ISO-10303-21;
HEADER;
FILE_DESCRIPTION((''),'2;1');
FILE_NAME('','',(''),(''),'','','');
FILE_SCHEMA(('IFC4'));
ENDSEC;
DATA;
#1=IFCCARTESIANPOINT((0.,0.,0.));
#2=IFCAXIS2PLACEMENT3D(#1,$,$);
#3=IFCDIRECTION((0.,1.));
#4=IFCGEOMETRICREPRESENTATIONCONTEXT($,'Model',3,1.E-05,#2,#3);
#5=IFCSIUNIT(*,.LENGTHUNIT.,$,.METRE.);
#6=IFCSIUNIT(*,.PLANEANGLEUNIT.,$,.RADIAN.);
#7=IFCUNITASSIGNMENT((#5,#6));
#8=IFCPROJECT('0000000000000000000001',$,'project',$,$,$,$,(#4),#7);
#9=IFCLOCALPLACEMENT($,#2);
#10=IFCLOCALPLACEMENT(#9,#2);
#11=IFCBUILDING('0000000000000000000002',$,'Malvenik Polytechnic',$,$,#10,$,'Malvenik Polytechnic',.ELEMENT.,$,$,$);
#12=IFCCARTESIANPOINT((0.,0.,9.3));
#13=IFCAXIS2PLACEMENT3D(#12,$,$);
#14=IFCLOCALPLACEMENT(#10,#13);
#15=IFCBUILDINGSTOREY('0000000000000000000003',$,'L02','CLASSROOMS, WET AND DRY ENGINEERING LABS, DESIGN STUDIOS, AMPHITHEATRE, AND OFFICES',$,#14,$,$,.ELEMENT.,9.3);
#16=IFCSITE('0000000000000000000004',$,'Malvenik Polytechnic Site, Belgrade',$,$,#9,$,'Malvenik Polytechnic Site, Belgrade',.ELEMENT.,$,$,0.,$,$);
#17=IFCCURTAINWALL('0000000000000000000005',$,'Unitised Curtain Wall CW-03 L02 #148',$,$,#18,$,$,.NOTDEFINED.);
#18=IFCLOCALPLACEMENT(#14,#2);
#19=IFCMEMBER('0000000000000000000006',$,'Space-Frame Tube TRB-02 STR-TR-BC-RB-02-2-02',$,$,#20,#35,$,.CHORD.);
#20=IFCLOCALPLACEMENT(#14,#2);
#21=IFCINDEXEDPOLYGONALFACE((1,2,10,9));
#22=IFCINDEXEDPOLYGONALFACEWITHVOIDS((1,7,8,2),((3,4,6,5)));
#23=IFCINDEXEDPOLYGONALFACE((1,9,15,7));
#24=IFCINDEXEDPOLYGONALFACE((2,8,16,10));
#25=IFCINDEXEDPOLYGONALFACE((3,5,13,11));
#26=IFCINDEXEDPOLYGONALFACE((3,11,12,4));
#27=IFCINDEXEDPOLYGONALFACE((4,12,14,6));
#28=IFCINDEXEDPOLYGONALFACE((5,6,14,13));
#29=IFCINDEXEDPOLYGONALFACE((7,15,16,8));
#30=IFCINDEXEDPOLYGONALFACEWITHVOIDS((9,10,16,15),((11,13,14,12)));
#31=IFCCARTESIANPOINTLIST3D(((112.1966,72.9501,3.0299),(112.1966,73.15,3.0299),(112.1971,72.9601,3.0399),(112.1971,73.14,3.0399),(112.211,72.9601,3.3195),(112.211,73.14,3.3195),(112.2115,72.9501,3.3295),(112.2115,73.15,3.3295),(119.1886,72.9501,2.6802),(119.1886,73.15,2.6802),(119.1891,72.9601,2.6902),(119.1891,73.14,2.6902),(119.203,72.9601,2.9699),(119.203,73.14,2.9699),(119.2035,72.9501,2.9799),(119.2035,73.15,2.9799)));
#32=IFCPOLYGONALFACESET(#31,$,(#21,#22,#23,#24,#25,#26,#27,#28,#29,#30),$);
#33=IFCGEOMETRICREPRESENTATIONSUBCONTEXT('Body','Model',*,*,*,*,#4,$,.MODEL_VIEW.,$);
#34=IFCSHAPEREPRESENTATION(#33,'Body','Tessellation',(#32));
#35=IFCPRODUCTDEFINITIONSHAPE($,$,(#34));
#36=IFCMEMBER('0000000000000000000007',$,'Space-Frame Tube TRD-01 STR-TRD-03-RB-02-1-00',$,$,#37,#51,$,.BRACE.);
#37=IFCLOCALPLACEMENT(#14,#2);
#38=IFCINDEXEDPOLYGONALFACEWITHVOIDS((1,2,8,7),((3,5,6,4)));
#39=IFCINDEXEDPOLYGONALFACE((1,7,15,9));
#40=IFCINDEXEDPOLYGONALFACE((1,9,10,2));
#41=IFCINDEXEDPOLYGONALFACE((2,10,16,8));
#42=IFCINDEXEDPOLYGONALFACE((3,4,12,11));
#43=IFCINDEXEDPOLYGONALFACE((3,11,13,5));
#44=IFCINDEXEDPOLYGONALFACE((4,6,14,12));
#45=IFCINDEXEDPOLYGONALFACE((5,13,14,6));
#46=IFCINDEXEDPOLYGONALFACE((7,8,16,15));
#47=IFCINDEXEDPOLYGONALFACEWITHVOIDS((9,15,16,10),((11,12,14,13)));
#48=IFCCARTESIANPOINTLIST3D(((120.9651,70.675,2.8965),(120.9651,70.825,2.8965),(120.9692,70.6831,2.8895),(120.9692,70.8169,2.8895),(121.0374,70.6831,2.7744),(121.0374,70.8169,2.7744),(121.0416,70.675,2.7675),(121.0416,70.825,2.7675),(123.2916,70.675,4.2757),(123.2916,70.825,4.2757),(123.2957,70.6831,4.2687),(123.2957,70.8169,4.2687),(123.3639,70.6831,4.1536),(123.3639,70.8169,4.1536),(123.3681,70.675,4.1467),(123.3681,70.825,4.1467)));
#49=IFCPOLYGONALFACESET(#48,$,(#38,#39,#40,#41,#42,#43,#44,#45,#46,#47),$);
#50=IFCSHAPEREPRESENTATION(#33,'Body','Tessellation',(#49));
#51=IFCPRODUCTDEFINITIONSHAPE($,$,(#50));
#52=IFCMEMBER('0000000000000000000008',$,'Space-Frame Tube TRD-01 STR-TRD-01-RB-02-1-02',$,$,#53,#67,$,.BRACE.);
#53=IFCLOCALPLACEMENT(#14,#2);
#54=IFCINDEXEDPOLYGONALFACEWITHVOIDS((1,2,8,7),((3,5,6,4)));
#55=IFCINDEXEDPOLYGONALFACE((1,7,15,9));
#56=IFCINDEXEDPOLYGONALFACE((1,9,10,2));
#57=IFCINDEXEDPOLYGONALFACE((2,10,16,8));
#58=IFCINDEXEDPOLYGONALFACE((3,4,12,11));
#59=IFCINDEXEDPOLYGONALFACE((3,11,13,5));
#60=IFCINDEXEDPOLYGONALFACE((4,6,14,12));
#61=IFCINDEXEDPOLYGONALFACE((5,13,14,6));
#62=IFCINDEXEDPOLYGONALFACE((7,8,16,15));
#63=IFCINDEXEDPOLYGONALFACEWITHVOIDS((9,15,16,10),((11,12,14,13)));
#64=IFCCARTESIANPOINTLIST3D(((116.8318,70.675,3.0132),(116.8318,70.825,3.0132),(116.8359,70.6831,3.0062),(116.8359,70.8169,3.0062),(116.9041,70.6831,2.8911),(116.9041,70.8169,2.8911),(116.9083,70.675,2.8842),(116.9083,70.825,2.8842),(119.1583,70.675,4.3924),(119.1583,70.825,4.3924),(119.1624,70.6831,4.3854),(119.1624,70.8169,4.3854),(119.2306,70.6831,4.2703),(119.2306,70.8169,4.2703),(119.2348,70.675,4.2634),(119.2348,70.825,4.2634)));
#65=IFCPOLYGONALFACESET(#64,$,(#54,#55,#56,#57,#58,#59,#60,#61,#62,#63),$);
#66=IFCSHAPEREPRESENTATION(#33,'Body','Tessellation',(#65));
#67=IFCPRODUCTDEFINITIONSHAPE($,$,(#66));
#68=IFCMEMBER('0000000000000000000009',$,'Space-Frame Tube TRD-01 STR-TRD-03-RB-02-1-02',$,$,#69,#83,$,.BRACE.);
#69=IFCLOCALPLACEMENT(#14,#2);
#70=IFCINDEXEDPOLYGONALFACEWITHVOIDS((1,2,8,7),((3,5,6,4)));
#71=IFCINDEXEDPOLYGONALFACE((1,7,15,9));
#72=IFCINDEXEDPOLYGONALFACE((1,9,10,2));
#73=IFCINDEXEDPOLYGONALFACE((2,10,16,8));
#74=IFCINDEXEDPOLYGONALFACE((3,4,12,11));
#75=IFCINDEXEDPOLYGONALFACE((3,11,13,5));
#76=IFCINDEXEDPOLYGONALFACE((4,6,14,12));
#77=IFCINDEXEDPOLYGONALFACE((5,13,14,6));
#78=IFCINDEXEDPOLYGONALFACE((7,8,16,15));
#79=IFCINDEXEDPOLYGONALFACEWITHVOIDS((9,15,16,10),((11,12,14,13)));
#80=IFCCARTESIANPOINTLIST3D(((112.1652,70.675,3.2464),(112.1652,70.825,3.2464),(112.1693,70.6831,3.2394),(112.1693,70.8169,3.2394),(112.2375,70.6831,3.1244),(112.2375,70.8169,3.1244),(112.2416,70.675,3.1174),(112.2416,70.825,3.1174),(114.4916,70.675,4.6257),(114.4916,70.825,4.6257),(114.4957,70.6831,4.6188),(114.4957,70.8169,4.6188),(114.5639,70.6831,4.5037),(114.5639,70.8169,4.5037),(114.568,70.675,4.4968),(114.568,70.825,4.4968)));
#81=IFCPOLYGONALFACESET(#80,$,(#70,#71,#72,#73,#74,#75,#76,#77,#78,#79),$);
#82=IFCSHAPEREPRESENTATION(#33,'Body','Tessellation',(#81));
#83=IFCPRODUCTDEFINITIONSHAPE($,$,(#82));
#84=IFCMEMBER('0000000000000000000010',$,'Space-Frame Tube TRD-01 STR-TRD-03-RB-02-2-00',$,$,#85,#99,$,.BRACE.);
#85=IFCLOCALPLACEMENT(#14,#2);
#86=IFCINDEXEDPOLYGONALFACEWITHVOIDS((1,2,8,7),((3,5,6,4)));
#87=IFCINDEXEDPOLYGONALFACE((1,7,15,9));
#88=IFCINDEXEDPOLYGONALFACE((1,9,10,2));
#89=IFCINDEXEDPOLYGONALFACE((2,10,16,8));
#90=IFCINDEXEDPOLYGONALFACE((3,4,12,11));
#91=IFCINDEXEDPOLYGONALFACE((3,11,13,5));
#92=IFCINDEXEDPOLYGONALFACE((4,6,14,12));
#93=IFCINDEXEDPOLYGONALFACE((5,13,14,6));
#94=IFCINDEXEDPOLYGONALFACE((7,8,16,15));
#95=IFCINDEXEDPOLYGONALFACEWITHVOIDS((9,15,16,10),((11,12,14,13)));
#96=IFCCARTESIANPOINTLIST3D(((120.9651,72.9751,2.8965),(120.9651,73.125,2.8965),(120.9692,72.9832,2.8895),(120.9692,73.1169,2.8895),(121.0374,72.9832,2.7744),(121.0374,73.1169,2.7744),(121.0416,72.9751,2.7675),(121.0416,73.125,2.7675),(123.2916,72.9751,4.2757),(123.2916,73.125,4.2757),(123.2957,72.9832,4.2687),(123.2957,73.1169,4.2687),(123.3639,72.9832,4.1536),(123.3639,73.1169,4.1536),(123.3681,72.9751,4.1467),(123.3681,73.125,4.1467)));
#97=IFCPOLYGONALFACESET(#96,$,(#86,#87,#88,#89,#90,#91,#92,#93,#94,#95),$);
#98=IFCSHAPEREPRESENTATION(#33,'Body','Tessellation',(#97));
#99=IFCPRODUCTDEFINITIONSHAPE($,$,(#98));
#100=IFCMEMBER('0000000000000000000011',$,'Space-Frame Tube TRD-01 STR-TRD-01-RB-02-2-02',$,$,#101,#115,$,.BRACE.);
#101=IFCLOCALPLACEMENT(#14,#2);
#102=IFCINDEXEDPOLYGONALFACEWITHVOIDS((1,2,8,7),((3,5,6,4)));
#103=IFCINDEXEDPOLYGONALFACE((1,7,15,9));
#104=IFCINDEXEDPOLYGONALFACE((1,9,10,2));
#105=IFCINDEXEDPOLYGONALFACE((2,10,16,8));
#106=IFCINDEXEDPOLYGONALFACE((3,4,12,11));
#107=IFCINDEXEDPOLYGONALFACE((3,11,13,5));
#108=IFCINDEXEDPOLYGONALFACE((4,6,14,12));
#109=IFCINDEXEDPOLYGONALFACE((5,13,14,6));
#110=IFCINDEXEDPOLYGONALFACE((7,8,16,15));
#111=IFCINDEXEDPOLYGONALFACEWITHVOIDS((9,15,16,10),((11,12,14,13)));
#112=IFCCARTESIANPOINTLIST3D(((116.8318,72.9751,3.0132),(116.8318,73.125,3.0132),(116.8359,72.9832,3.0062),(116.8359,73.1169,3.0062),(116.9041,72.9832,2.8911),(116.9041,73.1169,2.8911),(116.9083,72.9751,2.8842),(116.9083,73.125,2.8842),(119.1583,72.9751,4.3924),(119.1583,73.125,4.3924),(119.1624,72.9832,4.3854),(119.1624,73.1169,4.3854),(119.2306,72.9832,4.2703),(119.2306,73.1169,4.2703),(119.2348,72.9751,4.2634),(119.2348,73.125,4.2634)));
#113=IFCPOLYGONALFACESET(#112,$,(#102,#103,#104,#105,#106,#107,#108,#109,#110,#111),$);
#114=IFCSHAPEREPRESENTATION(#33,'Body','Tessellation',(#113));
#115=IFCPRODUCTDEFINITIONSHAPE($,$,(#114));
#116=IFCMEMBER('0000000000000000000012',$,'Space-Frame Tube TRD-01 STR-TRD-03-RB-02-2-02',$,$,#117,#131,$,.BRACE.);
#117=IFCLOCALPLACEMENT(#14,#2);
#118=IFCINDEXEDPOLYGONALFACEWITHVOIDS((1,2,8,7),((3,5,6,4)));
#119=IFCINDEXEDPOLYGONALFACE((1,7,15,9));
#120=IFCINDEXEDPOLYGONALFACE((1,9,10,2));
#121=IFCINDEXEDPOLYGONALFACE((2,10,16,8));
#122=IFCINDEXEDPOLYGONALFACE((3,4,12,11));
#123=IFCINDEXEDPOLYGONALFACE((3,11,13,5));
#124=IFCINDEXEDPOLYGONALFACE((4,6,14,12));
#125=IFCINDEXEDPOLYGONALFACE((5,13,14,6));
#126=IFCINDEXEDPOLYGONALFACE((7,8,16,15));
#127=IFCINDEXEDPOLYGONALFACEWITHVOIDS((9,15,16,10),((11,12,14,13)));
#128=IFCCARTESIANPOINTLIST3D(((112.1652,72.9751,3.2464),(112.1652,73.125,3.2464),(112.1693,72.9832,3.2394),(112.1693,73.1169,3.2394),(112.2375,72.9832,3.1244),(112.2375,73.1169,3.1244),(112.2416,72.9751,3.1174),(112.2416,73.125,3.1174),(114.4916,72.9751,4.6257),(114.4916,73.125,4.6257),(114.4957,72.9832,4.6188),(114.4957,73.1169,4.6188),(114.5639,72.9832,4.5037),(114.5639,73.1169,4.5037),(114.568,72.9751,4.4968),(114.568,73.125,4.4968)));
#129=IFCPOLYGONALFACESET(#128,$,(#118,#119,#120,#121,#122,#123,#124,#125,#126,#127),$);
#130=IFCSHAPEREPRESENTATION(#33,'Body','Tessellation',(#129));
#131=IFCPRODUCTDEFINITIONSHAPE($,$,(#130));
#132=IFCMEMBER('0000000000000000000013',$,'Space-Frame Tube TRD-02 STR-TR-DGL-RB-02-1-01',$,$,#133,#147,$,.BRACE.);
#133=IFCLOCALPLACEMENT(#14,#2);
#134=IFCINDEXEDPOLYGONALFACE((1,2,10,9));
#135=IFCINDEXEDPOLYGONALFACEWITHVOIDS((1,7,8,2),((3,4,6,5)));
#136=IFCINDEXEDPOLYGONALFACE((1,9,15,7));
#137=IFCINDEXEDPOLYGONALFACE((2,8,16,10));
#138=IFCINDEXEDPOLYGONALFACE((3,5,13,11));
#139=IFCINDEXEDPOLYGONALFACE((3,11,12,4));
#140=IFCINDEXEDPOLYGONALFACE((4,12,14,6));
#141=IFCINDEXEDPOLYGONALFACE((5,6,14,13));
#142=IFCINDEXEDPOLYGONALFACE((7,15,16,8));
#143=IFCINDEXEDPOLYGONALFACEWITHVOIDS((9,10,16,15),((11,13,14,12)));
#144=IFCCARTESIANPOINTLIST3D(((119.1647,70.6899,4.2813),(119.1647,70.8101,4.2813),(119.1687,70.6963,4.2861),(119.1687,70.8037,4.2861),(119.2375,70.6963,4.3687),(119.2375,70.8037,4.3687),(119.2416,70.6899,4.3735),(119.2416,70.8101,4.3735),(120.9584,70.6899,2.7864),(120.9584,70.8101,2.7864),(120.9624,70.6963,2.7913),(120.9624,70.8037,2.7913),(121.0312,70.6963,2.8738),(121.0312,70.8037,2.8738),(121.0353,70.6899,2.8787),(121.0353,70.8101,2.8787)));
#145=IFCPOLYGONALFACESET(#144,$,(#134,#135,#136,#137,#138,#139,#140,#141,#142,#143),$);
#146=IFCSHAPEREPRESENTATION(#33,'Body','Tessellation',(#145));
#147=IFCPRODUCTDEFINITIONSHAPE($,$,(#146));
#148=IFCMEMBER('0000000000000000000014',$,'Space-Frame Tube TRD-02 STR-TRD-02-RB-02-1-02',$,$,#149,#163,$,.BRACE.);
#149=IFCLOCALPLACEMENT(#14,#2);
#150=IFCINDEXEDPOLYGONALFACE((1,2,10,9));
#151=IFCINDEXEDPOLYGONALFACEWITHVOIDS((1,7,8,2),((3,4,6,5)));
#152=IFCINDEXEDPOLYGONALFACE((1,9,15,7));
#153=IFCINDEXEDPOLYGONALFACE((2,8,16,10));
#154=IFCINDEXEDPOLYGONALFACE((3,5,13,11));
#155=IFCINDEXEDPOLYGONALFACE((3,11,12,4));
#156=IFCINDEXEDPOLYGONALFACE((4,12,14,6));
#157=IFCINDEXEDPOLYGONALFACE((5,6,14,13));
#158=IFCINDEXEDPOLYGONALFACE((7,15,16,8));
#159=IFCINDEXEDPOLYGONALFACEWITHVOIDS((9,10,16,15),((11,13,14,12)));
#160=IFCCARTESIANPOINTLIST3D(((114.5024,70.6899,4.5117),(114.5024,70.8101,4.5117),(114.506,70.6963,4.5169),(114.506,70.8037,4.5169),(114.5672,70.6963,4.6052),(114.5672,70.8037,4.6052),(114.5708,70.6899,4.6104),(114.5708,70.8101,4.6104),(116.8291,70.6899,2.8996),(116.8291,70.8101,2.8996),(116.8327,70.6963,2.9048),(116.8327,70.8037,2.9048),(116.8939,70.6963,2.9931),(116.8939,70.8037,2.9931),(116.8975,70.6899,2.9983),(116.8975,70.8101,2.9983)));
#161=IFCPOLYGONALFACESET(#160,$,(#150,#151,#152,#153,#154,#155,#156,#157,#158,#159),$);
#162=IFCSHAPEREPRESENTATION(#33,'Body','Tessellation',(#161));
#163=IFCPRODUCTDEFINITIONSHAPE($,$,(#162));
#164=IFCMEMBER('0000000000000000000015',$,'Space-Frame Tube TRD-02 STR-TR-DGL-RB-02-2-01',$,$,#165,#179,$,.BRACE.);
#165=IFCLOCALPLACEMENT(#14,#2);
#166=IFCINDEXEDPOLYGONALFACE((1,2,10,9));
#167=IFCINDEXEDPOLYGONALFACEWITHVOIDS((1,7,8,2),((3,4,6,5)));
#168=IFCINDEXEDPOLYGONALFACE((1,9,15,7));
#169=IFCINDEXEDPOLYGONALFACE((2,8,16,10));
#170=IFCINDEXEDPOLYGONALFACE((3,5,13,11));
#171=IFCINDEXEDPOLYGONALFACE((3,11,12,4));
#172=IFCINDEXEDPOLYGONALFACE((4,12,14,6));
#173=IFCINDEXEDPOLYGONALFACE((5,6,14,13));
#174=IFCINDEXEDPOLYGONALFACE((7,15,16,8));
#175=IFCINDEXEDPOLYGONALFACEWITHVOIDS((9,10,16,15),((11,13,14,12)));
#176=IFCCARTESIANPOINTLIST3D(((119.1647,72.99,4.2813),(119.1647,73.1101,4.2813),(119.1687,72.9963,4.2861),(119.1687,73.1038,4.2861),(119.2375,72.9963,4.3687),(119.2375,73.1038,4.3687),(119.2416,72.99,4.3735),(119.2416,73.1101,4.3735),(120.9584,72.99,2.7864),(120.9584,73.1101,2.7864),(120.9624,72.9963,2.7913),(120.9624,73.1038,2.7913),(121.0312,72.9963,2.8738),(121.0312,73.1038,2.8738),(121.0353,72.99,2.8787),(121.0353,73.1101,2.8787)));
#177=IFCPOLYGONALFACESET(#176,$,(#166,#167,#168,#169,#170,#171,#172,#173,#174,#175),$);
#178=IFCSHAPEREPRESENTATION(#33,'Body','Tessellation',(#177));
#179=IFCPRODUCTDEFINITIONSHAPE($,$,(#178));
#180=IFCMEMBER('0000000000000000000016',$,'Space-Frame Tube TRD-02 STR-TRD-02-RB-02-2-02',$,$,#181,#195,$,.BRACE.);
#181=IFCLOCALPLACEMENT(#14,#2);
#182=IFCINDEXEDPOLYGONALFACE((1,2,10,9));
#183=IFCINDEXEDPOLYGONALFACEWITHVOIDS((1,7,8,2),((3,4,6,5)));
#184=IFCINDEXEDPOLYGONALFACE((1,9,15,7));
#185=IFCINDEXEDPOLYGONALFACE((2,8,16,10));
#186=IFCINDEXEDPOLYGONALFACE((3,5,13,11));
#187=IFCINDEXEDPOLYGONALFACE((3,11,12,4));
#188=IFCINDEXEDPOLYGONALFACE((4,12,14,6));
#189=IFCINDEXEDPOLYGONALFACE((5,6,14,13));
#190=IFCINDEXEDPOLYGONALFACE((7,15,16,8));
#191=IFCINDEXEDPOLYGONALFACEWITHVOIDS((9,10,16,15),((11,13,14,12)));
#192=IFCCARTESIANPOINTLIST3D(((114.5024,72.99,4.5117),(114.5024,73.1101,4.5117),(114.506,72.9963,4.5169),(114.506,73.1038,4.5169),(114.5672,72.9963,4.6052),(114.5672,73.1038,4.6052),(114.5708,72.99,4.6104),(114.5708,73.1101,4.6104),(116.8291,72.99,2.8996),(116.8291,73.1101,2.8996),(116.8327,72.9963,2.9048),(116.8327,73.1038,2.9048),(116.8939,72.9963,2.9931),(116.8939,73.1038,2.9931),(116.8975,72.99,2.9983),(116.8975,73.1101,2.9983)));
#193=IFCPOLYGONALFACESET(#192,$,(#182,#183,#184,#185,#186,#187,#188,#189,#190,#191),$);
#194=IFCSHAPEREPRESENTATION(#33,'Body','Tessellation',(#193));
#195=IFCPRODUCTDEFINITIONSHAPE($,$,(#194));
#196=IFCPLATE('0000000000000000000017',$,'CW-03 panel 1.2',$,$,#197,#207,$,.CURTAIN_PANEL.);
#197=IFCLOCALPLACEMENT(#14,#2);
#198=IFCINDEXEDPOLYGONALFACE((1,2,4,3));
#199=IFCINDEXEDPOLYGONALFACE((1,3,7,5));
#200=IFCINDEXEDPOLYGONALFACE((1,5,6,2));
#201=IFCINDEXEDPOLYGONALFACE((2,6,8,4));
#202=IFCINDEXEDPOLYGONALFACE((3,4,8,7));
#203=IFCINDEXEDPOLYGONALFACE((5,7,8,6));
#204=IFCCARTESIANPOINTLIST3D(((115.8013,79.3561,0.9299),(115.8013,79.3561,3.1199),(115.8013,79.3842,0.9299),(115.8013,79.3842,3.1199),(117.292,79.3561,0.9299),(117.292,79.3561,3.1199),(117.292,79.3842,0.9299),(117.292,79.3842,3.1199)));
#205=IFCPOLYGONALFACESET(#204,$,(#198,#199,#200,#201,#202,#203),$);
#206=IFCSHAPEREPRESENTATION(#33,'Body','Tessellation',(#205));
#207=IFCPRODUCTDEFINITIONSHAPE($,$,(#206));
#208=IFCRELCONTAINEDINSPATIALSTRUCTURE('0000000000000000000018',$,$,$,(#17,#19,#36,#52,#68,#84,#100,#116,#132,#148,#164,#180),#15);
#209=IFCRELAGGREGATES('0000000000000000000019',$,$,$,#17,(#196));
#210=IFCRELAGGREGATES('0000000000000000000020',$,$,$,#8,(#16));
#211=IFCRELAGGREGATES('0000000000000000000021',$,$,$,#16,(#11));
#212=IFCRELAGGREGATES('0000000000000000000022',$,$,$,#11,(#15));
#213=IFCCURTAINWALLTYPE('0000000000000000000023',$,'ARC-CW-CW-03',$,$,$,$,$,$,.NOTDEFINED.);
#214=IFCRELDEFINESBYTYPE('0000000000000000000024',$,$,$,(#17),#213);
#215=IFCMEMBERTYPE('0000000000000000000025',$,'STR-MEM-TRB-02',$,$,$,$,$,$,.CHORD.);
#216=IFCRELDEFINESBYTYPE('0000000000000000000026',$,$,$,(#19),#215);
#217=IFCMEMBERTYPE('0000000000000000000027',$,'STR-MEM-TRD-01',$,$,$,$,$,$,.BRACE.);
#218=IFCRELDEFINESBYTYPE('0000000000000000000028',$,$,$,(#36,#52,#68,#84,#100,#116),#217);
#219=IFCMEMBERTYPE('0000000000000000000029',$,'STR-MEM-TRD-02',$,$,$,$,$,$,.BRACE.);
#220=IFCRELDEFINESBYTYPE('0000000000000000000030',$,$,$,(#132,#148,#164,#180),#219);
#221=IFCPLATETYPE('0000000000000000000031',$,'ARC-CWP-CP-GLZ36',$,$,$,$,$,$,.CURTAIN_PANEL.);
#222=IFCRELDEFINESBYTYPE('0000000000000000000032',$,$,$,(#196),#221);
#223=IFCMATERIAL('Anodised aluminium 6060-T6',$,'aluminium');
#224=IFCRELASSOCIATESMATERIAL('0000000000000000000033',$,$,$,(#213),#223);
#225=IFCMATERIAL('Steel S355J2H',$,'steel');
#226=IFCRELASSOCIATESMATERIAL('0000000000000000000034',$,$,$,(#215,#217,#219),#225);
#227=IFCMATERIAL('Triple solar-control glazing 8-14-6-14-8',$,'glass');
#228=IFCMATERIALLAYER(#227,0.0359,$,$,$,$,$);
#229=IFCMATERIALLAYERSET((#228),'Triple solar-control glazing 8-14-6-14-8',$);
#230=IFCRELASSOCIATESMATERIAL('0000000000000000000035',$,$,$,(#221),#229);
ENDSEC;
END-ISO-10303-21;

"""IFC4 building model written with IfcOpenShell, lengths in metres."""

from ifc_helpers import new_model, si_unit, direction, frame, origin, origin_2d, place, context, subcontext, project, spatial, rectangle, hollow_rectangle, extrude, material, layer, layer_set, material_profile, profile_set, type_object, element, aggregate, save


model = new_model("IFC4")

# Units and contexts
model_context = context("Model", 3, precision=1e-05, world=origin(), true_north=direction((0.0, 1.0)))
body_context = subcontext(model_context, "Body", "Model", "MODEL_VIEW")
ifc_project = project(units=[si_unit("LENGTHUNIT", "METRE"), si_unit("PLANEANGLEUNIT", "RADIAN")], contexts=[model_context])

# Site, building, storey
site_placement = place(None, origin())
site = spatial("IfcSite", under=ifc_project, at=site_placement, Name="Malvenik Polytechnic Site, Belgrade", LongName="Malvenik Polytechnic Site, Belgrade", CompositionType="ELEMENT", RefElevation=0.0)
building_placement = place(site_placement, origin())
building = spatial("IfcBuilding", under=site, at=building_placement, Name="Malvenik Polytechnic", LongName="Malvenik Polytechnic", CompositionType="ELEMENT")
storey_placement = place(building_placement, frame((0.0, 0.0, 9.3)))
storey = spatial("IfcBuildingStorey", under=building, at=storey_placement, Name="L02", Description="CLASSROOMS, WET AND DRY ENGINEERING LABS, DESIGN STUDIOS, AMPHITHEATRE, AND OFFICES", CompositionType="ELEMENT", Elevation=9.3)

# Curtain wall
ifc_material_1 = material(Name="Anodised aluminium 6060-T6", Category="aluminium")
curtain_wall_type = type_object("IfcCurtainWallType", Name="ARC-CW-CW-03", PredefinedType="NOTDEFINED", material=ifc_material_1)
curtain_wall_placement = place(storey_placement, origin())
curtain_wall = element("IfcCurtainWall", 1, at=curtain_wall_placement, inside=storey, type_object=curtain_wall_type, Name="Unitised Curtain Wall CW-03 L02 #148", PredefinedType="NOTDEFINED")

# Shared definitions
ifc_material_2 = material(Name="Steel S355J2H", Category="steel")

# Members
ifc_material_profile_1 = material_profile(ifc_material_2, hollow_rectangle(XDim=0.2, YDim=0.3, WallThickness=0.01, at=origin_2d()), Name="RHS 300x200x10.0")
ifc_profile_set_1 = profile_set([ifc_material_profile_1], Name="Steel S355J2H")
member_type_1 = type_object("IfcMemberType", Name="STR-MEM-TRB-02", PredefinedType="CHORD", material=ifc_profile_set_1)
member_1_placement = place(storey_placement, frame((119.196, 73.05, 2.8301), z_axis=(-0.998752, 0.0, 0.049939), x_axis=(0.0, -1.0, 0.0)))
element("IfcMember", 2, at=member_1_placement, inside=storey, type_object=member_type_1, Name="Space-Frame Tube TRB-02 STR-TR-BC-RB-02-2-02", PredefinedType="CHORD", context=body_context, shape_type="SweptSolid", body=[
    extrude(hollow_rectangle(XDim=0.2, YDim=0.3, WallThickness=0.01, at=origin_2d()), origin(), (0.0, 0.0, 1.0), 7.0007),
])
ifc_material_profile_2 = material_profile(ifc_material_2, hollow_rectangle(XDim=0.1499, YDim=0.1499, WallThickness=0.0081, at=origin_2d()), Name="SHS 150x150x8.0")
ifc_profile_set_2 = profile_set([ifc_material_profile_2], Name="Steel S355J2H")
member_type_2 = type_object("IfcMemberType", Name="STR-MEM-TRD-01", PredefinedType="BRACE", material=ifc_profile_set_2)
for number, where, z_axis, x_axis, name in (
    (3, (123.3298, 70.75, 4.2112), (-0.860205, 0.0, -0.509948), (0.0, -1.0, 0.0), "Space-Frame Tube TRD-01 STR-TRD-03-RB-02-1-00"),
    (4, (119.1965, 70.75, 4.3279), (-0.860205, 0.0, -0.509948), (0.0, -1.0, 0.0), "Space-Frame Tube TRD-01 STR-TRD-01-RB-02-1-02"),
    (5, (114.5298, 70.75, 4.5613), (-0.860165, 0.0, -0.510015), (0.0, -1.0, 0.0), "Space-Frame Tube TRD-01 STR-TRD-03-RB-02-1-02"),
    (6, (123.3298, 73.05, 4.2112), (-0.860205, 0.0, -0.509948), (0.0, -1.0, 0.0), "Space-Frame Tube TRD-01 STR-TRD-03-RB-02-2-00"),
    (7, (119.1965, 73.05, 4.3279), (-0.860205, 0.0, -0.509948), (0.0, -1.0, 0.0), "Space-Frame Tube TRD-01 STR-TRD-01-RB-02-2-02"),
    (8, (114.5298, 73.05, 4.5613), (-0.860165, 0.0, -0.510015), (0.0, -1.0, 0.0), "Space-Frame Tube TRD-01 STR-TRD-03-RB-02-2-02"),
):
    element("IfcMember", number, at=place(storey_placement, frame(where, z_axis=z_axis, x_axis=x_axis)), inside=storey, type_object=member_type_2, Name=name, PredefinedType="BRACE", context=body_context, shape_type="SweptSolid", body=[
        extrude(hollow_rectangle(XDim=0.1499, YDim=0.1499, WallThickness=0.0081, at=origin_2d()), origin(), (0.0, 0.0, 1.0), 2.7046),
    ])
ifc_material_profile_3 = material_profile(ifc_material_2, hollow_rectangle(XDim=0.1201, YDim=0.1201, WallThickness=0.0063, at=origin_2d()), Name="SHS 120x120x6.3")
ifc_profile_set_3 = profile_set([ifc_material_profile_3], Name="Steel S355J2H")
member_type_3 = type_object("IfcMemberType", Name="STR-MEM-TRD-02", PredefinedType="BRACE", material=ifc_profile_set_3)
member_2_placement = place(storey_placement, frame((120.9968, 70.75, 2.8325), z_axis=(-0.768196, 0.0, 0.640215), x_axis=(0.0, -1.0, 0.0)))
element("IfcMember", 9, at=member_2_placement, inside=storey, type_object=member_type_3, Name="Space-Frame Tube TRD-02 STR-TR-DGL-RB-02-1-01", PredefinedType="BRACE", context=body_context, shape_type="SweptSolid", body=[
    extrude(hollow_rectangle(XDim=0.1201, YDim=0.1201, WallThickness=0.0063, at=origin_2d()), origin(), (0.0, 0.0, 1.0), 2.335),
])
member_3_placement = place(storey_placement, frame((116.8633, 70.75, 2.949), z_axis=(-0.821978, 0.0, 0.569519), x_axis=(0.0, -1.0, 0.0)))
element("IfcMember", 10, at=member_3_placement, inside=storey, type_object=member_type_3, Name="Space-Frame Tube TRD-02 STR-TRD-02-RB-02-1-02", PredefinedType="BRACE", context=body_context, shape_type="SweptSolid", body=[
    extrude(hollow_rectangle(XDim=0.1201, YDim=0.1201, WallThickness=0.0063, at=origin_2d()), origin(), (0.0, 0.0, 1.0), 2.8306),
])
member_4_placement = place(storey_placement, frame((120.9968, 73.05, 2.8325), z_axis=(-0.768196, 0.0, 0.640215), x_axis=(0.0, -1.0, 0.0)))
element("IfcMember", 11, at=member_4_placement, inside=storey, type_object=member_type_3, Name="Space-Frame Tube TRD-02 STR-TR-DGL-RB-02-2-01", PredefinedType="BRACE", context=body_context, shape_type="SweptSolid", body=[
    extrude(hollow_rectangle(XDim=0.1201, YDim=0.1201, WallThickness=0.0063, at=origin_2d()), origin(), (0.0, 0.0, 1.0), 2.335),
])
member_5_placement = place(storey_placement, frame((116.8633, 73.05, 2.949), z_axis=(-0.821978, 0.0, 0.569519), x_axis=(0.0, -1.0, 0.0)))
element("IfcMember", 12, at=member_5_placement, inside=storey, type_object=member_type_3, Name="Space-Frame Tube TRD-02 STR-TRD-02-RB-02-2-02", PredefinedType="BRACE", context=body_context, shape_type="SweptSolid", body=[
    extrude(hollow_rectangle(XDim=0.1201, YDim=0.1201, WallThickness=0.0063, at=origin_2d()), origin(), (0.0, 0.0, 1.0), 2.8306),
])

# Plate
ifc_material_3 = material(Name="Triple solar-control glazing 8-14-6-14-8", Category="glass")
ifc_layer_1 = layer(ifc_material_3, 0.0359)
ifc_layer_set_1 = layer_set([ifc_layer_1], Name="Triple solar-control glazing 8-14-6-14-8")
plate_type_1 = type_object("IfcPlateType", Name="ARC-CWP-CP-GLZ36", PredefinedType="CURTAIN_PANEL", material=ifc_layer_set_1)
plate_1_placement = place(storey_placement, frame((116.5466, 79.3701, 0.9299), z_axis=(0.0, 0.0, 1.0), x_axis=(-1.0, 0.0, 0.0)))
plate_1 = element("IfcPlate", 13, at=plate_1_placement, type_object=plate_type_1, Name="CW-03 panel 1.2", PredefinedType="CURTAIN_PANEL", context=body_context, shape_type="SweptSolid", body=[
    extrude(rectangle(XDim=1.4907, YDim=0.0281, at=origin_2d()), origin(), (0.0, 0.0, 1.0), 2.1899),
])
aggregate(curtain_wall, [plate_1])

save(model, "model.ifc")
